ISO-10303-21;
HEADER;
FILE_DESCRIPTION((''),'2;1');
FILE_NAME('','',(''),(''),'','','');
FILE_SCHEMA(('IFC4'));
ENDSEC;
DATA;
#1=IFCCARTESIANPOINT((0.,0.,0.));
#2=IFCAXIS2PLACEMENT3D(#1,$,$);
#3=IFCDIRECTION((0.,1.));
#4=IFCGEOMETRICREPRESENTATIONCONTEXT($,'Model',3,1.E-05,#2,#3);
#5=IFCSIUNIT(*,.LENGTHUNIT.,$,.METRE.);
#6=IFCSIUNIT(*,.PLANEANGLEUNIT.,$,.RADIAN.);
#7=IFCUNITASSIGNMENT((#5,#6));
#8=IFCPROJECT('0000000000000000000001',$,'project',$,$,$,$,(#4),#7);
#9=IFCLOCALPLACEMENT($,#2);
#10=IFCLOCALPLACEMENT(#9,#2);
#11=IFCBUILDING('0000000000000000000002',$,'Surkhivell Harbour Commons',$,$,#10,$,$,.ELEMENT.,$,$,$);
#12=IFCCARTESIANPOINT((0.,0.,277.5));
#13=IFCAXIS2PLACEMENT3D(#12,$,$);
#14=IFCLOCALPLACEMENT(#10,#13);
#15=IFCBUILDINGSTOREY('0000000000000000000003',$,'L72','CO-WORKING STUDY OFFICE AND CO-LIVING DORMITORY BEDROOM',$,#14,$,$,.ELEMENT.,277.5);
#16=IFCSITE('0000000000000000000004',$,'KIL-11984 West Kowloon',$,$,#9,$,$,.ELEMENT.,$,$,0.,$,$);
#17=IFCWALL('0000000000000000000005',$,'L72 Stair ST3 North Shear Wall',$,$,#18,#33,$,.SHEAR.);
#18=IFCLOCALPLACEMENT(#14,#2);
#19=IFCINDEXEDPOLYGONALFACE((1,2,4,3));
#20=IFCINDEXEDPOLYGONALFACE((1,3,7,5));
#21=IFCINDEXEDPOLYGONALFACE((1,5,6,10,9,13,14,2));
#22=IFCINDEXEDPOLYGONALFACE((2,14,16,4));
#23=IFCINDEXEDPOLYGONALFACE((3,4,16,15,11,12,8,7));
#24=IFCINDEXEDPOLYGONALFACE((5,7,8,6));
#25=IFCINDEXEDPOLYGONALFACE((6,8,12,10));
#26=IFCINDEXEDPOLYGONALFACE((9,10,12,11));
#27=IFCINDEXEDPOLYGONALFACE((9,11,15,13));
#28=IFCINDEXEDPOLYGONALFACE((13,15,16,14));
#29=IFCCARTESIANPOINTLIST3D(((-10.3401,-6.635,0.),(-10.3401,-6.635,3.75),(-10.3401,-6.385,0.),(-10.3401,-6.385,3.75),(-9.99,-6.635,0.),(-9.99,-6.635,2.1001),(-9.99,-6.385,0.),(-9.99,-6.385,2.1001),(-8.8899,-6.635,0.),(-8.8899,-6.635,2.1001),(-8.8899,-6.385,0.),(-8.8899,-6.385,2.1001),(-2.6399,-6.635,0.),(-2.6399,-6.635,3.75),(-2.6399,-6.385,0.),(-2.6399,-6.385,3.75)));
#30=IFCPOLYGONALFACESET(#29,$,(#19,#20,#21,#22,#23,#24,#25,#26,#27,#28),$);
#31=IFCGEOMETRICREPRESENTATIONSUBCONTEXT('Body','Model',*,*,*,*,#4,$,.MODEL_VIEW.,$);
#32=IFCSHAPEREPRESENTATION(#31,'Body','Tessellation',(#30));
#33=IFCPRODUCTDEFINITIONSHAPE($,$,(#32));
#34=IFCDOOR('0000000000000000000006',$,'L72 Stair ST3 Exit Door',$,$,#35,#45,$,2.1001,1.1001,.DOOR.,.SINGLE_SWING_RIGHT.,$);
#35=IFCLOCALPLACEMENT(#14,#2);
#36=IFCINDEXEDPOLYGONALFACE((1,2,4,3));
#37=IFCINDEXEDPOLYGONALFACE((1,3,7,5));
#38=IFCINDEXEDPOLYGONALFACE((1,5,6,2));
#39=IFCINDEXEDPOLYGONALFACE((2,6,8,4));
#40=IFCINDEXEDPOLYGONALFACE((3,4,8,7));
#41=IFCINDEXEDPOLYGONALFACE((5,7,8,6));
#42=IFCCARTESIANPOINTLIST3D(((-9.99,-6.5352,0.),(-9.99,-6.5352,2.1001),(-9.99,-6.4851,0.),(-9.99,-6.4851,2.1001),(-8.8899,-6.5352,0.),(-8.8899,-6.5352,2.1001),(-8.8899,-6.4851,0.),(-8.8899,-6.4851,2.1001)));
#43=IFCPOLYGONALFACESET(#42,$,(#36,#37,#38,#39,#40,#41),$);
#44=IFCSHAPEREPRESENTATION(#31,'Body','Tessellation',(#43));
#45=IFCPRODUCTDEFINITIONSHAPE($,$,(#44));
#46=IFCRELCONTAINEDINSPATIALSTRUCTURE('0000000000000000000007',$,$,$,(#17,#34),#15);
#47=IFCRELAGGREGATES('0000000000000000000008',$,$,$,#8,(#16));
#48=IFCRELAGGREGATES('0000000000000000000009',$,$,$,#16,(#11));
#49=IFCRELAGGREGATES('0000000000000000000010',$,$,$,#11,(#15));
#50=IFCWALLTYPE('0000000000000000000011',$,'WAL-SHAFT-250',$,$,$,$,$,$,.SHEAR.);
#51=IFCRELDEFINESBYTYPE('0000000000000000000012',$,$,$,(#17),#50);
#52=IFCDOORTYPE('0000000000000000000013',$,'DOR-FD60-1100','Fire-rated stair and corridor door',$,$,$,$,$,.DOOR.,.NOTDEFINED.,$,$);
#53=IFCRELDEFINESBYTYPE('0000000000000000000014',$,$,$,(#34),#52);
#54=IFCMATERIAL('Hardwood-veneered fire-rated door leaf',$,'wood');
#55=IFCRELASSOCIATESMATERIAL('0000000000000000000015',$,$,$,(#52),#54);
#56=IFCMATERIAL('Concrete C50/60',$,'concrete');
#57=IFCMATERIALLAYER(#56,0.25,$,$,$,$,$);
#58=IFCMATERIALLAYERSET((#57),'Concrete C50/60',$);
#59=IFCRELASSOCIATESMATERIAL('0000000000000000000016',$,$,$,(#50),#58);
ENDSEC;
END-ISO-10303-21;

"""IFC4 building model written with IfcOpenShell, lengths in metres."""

from ifc_helpers import new_model, si_unit, direction, frame, frame_2d, origin, place, context, subcontext, project, spatial, rectangle, extrude, material, layer, layer_set, type_object, element, fill, save


model = new_model("IFC4")

# Units and contexts
model_context = context("Model", 3, precision=1e-05, world=origin(), true_north=direction((0.0, 1.0)))
body_context = subcontext(model_context, "Body", "Model", "MODEL_VIEW")
ifc_project = project(units=[si_unit("LENGTHUNIT", "METRE"), si_unit("PLANEANGLEUNIT", "RADIAN")], contexts=[model_context])

# Site, building, storey
site_placement = place(None, origin())
site = spatial("IfcSite", under=ifc_project, at=site_placement, Name="KIL-11984 West Kowloon", CompositionType="ELEMENT", RefElevation=0.0)
building_placement = place(site_placement, origin())
building = spatial("IfcBuilding", under=site, at=building_placement, Name="Surkhivell Harbour Commons", CompositionType="ELEMENT")
storey_placement = place(building_placement, frame((0.0, 0.0, 277.5)))
storey = spatial("IfcBuildingStorey", under=building, at=storey_placement, Name="L72", Description="CO-WORKING STUDY OFFICE AND CO-LIVING DORMITORY BEDROOM", CompositionType="ELEMENT", Elevation=277.5)

# Shared definitions
ifc_material_1 = material(Name="Concrete C50/60", Category="concrete")
ifc_material_2 = material(Name="Hardwood-veneered fire-rated door leaf", Category="wood")
door_type_1 = type_object("IfcDoorType", Name="DOR-FD60-1100", Description="Fire-rated stair and corridor door", OperationType="NOTDEFINED", PredefinedType="DOOR", material=ifc_material_2)

# Shared definitions
ifc_layer_1 = layer(ifc_material_1, 0.25)
ifc_layer_set_1 = layer_set([ifc_layer_1], Name="Concrete C50/60")
wall_type_1 = type_object("IfcWallType", Name="WAL-SHAFT-250", PredefinedType="SHEAR", material=ifc_layer_set_1)

# Wall, opening, door
wall_1_placement = place(storey_placement, frame((-10.3401, -6.51, 0.0), z_axis=(0.0, 0.0, 1.0), x_axis=(1.0, 0.0, 0.0)))
wall_1 = element("IfcWall", 1, at=wall_1_placement, inside=storey, type_object=wall_type_1, Name="L72 Stair ST3 North Shear Wall", PredefinedType="SHEAR", context=body_context, shape_type="SweptSolid", body=[
    extrude(rectangle(XDim=7.7002, YDim=0.25, at=frame_2d((3.8501, 0.0))), origin(), (0.0, 0.0, 1.0), 3.75),
])
opening_1_placement = place(wall_1_placement, frame((0.3501, 0.0, 0.0)))
opening_1 = element("IfcOpeningElement", 2, at=opening_1_placement, cuts=wall_1, PredefinedType="OPENING", context=body_context, shape_type="SweptSolid", body=[
    extrude(rectangle(XDim=1.1001, YDim=2.1001, at=frame_2d((0.55, 1.05))), frame((0.0, 0.135, 0.0), z_axis=(0.0, -1.0, 0.0), x_axis=(1.0, 0.0, 0.0)), (0.0, 0.0, 1.0), 0.27),
])
door_1_placement = place(opening_1_placement, origin())
door_1 = element("IfcDoor", 3, at=door_1_placement, inside=storey, type_object=door_type_1, Name="L72 Stair ST3 Exit Door", OperationType="SINGLE_SWING_RIGHT", OverallHeight=2.1001, OverallWidth=1.1001, PredefinedType="DOOR", context=body_context, shape_type="SweptSolid", body=[
    extrude(rectangle(XDim=1.1001, YDim=2.1001, at=frame_2d((0.55, 1.05))), frame((0.0, 0.0249, 0.0), z_axis=(0.0, -1.0, 0.0), x_axis=(1.0, 0.0, 0.0)), (0.0, 0.0, 1.0), 0.05),
])
fill(opening_1, door_1)

save(model, "model.ifc")
